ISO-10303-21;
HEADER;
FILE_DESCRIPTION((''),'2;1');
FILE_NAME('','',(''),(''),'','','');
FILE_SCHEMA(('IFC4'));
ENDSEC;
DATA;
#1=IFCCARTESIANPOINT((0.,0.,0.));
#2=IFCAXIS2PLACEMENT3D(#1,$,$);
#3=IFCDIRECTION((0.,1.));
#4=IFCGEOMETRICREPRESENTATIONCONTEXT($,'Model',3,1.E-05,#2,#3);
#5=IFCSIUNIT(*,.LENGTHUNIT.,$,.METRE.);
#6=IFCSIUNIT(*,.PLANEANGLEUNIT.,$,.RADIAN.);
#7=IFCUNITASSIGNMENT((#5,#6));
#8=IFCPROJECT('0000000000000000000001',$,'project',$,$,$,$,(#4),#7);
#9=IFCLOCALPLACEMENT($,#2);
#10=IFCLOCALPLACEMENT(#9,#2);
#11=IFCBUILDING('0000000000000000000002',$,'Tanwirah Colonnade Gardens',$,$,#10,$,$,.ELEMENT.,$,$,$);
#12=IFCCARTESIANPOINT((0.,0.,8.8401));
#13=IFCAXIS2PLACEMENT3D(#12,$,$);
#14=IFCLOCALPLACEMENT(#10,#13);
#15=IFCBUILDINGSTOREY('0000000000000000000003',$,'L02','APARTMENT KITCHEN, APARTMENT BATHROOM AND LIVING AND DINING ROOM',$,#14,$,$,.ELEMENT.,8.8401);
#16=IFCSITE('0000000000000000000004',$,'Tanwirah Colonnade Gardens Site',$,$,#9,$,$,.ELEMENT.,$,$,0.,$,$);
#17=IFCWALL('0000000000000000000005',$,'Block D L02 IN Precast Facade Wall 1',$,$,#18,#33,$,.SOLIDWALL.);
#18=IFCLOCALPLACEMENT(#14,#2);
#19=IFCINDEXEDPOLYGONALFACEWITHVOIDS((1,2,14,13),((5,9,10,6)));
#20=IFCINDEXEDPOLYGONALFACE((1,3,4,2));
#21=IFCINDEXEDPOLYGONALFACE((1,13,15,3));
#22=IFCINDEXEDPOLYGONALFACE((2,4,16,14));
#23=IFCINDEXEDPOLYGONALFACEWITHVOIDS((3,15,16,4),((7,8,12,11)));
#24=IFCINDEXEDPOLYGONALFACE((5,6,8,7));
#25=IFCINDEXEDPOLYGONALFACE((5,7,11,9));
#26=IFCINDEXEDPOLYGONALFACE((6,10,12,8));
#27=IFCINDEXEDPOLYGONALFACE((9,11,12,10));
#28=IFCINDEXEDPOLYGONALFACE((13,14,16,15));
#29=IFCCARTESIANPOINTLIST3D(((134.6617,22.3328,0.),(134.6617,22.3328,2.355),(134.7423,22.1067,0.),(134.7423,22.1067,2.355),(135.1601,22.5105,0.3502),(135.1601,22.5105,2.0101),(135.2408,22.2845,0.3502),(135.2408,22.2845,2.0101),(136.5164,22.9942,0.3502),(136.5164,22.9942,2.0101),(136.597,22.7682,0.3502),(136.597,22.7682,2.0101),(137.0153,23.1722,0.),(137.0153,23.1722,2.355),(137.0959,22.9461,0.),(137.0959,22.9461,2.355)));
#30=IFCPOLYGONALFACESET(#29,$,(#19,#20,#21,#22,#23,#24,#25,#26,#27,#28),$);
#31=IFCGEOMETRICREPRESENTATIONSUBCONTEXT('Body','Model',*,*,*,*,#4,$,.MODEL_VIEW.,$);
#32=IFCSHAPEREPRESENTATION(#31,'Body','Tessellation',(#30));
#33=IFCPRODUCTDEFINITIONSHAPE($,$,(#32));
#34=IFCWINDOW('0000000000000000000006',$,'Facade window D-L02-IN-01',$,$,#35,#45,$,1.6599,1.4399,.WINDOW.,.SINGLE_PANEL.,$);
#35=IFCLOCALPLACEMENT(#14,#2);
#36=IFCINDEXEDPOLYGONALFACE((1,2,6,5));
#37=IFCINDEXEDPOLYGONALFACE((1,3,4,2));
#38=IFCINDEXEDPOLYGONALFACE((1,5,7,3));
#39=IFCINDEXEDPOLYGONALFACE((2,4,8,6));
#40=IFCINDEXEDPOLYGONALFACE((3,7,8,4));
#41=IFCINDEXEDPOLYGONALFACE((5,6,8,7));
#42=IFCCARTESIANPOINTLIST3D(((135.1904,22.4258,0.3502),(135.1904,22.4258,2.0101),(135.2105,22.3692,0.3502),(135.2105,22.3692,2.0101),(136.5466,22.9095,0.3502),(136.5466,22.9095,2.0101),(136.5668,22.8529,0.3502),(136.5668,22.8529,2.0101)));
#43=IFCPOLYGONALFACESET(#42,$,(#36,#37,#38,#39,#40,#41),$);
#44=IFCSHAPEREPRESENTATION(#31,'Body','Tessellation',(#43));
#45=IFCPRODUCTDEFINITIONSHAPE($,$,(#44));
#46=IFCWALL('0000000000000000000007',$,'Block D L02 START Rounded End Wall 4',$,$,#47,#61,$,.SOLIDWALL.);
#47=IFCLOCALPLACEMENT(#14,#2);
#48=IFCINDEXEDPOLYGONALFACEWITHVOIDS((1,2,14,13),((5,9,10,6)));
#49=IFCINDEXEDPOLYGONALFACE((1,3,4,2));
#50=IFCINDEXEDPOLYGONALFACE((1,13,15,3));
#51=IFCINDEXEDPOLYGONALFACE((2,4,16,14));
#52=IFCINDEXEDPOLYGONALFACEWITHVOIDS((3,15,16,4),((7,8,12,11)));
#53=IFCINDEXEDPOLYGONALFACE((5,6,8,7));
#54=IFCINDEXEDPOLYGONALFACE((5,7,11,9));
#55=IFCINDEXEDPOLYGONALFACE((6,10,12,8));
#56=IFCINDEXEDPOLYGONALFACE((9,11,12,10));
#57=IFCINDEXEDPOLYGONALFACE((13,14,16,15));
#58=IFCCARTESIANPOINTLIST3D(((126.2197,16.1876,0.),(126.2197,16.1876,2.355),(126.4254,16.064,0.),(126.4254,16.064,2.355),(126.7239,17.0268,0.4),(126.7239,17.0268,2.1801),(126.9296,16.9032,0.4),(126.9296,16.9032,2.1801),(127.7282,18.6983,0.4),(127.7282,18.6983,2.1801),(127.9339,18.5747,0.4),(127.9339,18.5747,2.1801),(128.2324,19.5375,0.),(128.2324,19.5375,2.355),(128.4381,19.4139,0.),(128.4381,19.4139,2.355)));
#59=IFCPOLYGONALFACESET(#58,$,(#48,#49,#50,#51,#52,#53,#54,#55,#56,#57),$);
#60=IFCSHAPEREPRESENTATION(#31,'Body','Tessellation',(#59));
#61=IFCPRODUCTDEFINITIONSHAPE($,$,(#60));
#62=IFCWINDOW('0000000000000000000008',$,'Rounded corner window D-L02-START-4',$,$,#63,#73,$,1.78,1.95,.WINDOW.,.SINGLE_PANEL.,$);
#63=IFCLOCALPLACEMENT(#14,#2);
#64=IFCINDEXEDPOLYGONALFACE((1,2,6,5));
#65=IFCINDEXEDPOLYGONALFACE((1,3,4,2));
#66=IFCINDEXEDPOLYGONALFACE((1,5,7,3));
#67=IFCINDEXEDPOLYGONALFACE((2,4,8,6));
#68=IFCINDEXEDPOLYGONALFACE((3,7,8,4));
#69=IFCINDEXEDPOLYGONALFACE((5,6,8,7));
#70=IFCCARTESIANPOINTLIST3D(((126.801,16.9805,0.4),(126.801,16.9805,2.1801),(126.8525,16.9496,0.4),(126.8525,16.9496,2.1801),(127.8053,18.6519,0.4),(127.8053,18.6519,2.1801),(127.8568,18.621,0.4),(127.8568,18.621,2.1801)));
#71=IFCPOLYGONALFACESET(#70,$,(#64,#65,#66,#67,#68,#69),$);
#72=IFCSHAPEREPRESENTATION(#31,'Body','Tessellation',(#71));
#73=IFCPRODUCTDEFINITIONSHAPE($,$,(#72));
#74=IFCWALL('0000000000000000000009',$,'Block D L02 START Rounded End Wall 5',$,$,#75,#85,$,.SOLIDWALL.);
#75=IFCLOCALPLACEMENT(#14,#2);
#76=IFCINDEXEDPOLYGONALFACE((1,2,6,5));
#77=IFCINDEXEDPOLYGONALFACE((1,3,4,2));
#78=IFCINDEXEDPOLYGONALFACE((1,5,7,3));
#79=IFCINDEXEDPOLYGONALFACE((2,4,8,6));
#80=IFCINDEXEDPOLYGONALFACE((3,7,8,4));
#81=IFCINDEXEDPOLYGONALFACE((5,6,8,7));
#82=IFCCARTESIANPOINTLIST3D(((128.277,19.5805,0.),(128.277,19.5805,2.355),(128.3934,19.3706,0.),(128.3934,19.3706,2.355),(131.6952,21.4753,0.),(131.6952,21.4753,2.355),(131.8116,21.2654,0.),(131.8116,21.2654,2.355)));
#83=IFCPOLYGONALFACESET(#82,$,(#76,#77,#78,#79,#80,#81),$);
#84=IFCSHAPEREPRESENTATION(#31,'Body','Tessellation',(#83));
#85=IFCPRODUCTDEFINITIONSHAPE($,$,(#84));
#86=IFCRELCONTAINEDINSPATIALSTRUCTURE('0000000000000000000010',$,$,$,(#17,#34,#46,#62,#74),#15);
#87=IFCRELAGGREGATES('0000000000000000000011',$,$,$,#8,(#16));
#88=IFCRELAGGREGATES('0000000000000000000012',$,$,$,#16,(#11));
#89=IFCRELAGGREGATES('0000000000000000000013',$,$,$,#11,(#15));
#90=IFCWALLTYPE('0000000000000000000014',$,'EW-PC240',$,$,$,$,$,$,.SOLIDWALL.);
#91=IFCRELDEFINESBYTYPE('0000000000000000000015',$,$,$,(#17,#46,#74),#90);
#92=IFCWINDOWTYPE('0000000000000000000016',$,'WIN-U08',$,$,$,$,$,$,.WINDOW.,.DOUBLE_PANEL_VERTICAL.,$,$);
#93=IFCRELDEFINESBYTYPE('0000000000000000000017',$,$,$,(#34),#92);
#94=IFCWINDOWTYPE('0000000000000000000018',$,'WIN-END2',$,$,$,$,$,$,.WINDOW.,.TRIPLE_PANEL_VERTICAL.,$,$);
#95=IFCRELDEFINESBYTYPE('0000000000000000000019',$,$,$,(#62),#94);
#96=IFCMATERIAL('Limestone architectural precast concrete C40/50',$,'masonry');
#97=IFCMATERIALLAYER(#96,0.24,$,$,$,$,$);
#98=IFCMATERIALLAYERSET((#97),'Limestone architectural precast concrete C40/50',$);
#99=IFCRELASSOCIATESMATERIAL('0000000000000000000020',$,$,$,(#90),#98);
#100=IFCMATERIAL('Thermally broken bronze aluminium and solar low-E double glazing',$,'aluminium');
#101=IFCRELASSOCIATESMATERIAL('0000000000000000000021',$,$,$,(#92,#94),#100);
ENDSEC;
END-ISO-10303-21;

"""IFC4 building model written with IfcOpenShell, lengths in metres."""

from ifc_helpers import new_model, si_unit, direction, frame, frame_2d, origin, place, context, subcontext, project, spatial, rectangle, extrude, material, layer, layer_set, type_object, element, fill, save


model = new_model("IFC4")

# Units and contexts
model_context = context("Model", 3, precision=1e-05, world=origin(), true_north=direction((0.0, 1.0)))
body_context = subcontext(model_context, "Body", "Model", "MODEL_VIEW")
ifc_project = project(units=[si_unit("LENGTHUNIT", "METRE"), si_unit("PLANEANGLEUNIT", "RADIAN")], contexts=[model_context])

# Site, building, storey
site_placement = place(None, origin())
site = spatial("IfcSite", under=ifc_project, at=site_placement, Name="Tanwirah Colonnade Gardens Site", CompositionType="ELEMENT", RefElevation=0.0)
building_placement = place(site_placement, origin())
building = spatial("IfcBuilding", under=site, at=building_placement, Name="Tanwirah Colonnade Gardens", CompositionType="ELEMENT")
storey_placement = place(building_placement, frame((0.0, 0.0, 8.8401)))
storey = spatial("IfcBuildingStorey", under=building, at=storey_placement, Name="L02", Description="APARTMENT KITCHEN, APARTMENT BATHROOM AND LIVING AND DINING ROOM", CompositionType="ELEMENT", Elevation=8.8401)

# Walls, openings, windows
ifc_material_1 = material(Name="Limestone architectural precast concrete C40/50", Category="masonry")
ifc_layer = layer(ifc_material_1, 0.24)
ifc_layer_set = layer_set([ifc_layer], Name="Limestone architectural precast concrete C40/50")
wall_type = type_object("IfcWallType", Name="EW-PC240", PredefinedType="SOLIDWALL", material=ifc_layer_set)
ifc_material_2 = material(Name="Thermally broken bronze aluminium and solar low-E double glazing", Category="aluminium")
wall_1_placement = place(storey_placement, frame((134.7019, 22.2197, 0.0), z_axis=(0.0, 0.0, 1.0), x_axis=(0.941892, 0.335915, 0.0)))
wall_1 = element("IfcWall", 1, at=wall_1_placement, inside=storey, type_object=wall_type, Name="Block D L02 IN Precast Facade Wall 1", PredefinedType="SOLIDWALL", context=body_context, shape_type="SweptSolid", body=[
    extrude(rectangle(XDim=2.4988, YDim=0.24, at=frame_2d((1.2495, 0.0))), origin(), (0.0, 0.0, 1.0), 2.355),
])
opening_1_placement = place(wall_1_placement, frame((0.5293, 0.0, 0.3501)))
opening_1 = element("IfcOpeningElement", 2, at=opening_1_placement, cuts=wall_1, PredefinedType="OPENING", context=body_context, shape_type="SweptSolid", body=[
    extrude(rectangle(XDim=1.4399, YDim=1.6599, at=frame_2d((0.72, 0.8301))), frame((0.0, 0.1299, 0.0), z_axis=(0.0, -1.0, 0.0), x_axis=(1.0, 0.0, 0.0)), (0.0, 0.0, 1.0), 0.26),
])
window_type_1 = type_object("IfcWindowType", Name="WIN-U08", PartitioningType="DOUBLE_PANEL_VERTICAL", PredefinedType="WINDOW", material=ifc_material_2)
window_1_placement = place(opening_1_placement, origin())
window_1 = element("IfcWindow", 3, at=window_1_placement, inside=storey, type_object=window_type_1, Name="Facade window D-L02-IN-01", OverallHeight=1.6599, OverallWidth=1.4399, PartitioningType="SINGLE_PANEL", PredefinedType="WINDOW", context=body_context, shape_type="SweptSolid", body=[
    extrude(rectangle(XDim=1.4399, YDim=1.6599, at=frame_2d((0.72, 0.8301))), frame((0.0, 0.03, 0.0), z_axis=(0.0, -1.0, 0.0), x_axis=(1.0, 0.0, 0.0)), (0.0, 0.0, 1.0), 0.0601),
])
fill(opening_1, window_1)
wall_2_placement = place(storey_placement, frame((126.3225, 16.1257, 0.0), z_axis=(0.0, 0.0, 1.0), x_axis=(0.515019, 0.857179, 0.0)))
wall_2 = element("IfcWall", 4, at=wall_2_placement, inside=storey, type_object=wall_type, Name="Block D L02 START Rounded End Wall 4", PredefinedType="SOLIDWALL", context=body_context, shape_type="SweptSolid", body=[
    extrude(rectangle(XDim=3.908, YDim=0.24, at=frame_2d((1.9541, 0.0))), origin(), (0.0, 0.0, 1.0), 2.355),
])
opening_2_placement = place(wall_2_placement, frame((0.979, 0.0, 0.3999)))
opening_2 = element("IfcOpeningElement", 5, at=opening_2_placement, cuts=wall_2, PredefinedType="OPENING", context=body_context, shape_type="SweptSolid", body=[
    extrude(rectangle(XDim=1.95, YDim=1.78, at=frame_2d((0.9751, 0.8901))), frame((0.0, 0.1299, 0.0), z_axis=(0.0, -1.0, 0.0), x_axis=(1.0, 0.0, 0.0)), (0.0, 0.0, 1.0), 0.26),
])
window_type_2 = type_object("IfcWindowType", Name="WIN-END2", PartitioningType="TRIPLE_PANEL_VERTICAL", PredefinedType="WINDOW", material=ifc_material_2)
window_2_placement = place(opening_2_placement, origin())
window_2 = element("IfcWindow", 6, at=window_2_placement, inside=storey, type_object=window_type_2, Name="Rounded corner window D-L02-START-4", OverallHeight=1.78, OverallWidth=1.95, PartitioningType="SINGLE_PANEL", PredefinedType="WINDOW", context=body_context, shape_type="SweptSolid", body=[
    extrude(rectangle(XDim=1.95, YDim=1.78, at=frame_2d((0.9751, 0.8901))), frame((0.0, 0.03, 0.0), z_axis=(0.0, -1.0, 0.0), x_axis=(1.0, 0.0, 0.0)), (0.0, 0.0, 1.0), 0.0601),
])
fill(opening_2, window_2)

# Wall
wall_3_placement = place(storey_placement, frame((128.3352, 19.4756, 0.0), z_axis=(0.0, 0.0, 1.0), x_axis=(0.874617, 0.484815, 0.0)))
element("IfcWall", 7, at=wall_3_placement, inside=storey, type_object=wall_type, Name="Block D L02 START Rounded End Wall 5", PredefinedType="SOLIDWALL", context=body_context, shape_type="SweptSolid", body=[
    extrude(rectangle(XDim=3.9082, YDim=0.24, at=frame_2d((1.9541, 0.0))), origin(), (0.0, 0.0, 1.0), 2.355),
])

save(model, "model.ifc")
